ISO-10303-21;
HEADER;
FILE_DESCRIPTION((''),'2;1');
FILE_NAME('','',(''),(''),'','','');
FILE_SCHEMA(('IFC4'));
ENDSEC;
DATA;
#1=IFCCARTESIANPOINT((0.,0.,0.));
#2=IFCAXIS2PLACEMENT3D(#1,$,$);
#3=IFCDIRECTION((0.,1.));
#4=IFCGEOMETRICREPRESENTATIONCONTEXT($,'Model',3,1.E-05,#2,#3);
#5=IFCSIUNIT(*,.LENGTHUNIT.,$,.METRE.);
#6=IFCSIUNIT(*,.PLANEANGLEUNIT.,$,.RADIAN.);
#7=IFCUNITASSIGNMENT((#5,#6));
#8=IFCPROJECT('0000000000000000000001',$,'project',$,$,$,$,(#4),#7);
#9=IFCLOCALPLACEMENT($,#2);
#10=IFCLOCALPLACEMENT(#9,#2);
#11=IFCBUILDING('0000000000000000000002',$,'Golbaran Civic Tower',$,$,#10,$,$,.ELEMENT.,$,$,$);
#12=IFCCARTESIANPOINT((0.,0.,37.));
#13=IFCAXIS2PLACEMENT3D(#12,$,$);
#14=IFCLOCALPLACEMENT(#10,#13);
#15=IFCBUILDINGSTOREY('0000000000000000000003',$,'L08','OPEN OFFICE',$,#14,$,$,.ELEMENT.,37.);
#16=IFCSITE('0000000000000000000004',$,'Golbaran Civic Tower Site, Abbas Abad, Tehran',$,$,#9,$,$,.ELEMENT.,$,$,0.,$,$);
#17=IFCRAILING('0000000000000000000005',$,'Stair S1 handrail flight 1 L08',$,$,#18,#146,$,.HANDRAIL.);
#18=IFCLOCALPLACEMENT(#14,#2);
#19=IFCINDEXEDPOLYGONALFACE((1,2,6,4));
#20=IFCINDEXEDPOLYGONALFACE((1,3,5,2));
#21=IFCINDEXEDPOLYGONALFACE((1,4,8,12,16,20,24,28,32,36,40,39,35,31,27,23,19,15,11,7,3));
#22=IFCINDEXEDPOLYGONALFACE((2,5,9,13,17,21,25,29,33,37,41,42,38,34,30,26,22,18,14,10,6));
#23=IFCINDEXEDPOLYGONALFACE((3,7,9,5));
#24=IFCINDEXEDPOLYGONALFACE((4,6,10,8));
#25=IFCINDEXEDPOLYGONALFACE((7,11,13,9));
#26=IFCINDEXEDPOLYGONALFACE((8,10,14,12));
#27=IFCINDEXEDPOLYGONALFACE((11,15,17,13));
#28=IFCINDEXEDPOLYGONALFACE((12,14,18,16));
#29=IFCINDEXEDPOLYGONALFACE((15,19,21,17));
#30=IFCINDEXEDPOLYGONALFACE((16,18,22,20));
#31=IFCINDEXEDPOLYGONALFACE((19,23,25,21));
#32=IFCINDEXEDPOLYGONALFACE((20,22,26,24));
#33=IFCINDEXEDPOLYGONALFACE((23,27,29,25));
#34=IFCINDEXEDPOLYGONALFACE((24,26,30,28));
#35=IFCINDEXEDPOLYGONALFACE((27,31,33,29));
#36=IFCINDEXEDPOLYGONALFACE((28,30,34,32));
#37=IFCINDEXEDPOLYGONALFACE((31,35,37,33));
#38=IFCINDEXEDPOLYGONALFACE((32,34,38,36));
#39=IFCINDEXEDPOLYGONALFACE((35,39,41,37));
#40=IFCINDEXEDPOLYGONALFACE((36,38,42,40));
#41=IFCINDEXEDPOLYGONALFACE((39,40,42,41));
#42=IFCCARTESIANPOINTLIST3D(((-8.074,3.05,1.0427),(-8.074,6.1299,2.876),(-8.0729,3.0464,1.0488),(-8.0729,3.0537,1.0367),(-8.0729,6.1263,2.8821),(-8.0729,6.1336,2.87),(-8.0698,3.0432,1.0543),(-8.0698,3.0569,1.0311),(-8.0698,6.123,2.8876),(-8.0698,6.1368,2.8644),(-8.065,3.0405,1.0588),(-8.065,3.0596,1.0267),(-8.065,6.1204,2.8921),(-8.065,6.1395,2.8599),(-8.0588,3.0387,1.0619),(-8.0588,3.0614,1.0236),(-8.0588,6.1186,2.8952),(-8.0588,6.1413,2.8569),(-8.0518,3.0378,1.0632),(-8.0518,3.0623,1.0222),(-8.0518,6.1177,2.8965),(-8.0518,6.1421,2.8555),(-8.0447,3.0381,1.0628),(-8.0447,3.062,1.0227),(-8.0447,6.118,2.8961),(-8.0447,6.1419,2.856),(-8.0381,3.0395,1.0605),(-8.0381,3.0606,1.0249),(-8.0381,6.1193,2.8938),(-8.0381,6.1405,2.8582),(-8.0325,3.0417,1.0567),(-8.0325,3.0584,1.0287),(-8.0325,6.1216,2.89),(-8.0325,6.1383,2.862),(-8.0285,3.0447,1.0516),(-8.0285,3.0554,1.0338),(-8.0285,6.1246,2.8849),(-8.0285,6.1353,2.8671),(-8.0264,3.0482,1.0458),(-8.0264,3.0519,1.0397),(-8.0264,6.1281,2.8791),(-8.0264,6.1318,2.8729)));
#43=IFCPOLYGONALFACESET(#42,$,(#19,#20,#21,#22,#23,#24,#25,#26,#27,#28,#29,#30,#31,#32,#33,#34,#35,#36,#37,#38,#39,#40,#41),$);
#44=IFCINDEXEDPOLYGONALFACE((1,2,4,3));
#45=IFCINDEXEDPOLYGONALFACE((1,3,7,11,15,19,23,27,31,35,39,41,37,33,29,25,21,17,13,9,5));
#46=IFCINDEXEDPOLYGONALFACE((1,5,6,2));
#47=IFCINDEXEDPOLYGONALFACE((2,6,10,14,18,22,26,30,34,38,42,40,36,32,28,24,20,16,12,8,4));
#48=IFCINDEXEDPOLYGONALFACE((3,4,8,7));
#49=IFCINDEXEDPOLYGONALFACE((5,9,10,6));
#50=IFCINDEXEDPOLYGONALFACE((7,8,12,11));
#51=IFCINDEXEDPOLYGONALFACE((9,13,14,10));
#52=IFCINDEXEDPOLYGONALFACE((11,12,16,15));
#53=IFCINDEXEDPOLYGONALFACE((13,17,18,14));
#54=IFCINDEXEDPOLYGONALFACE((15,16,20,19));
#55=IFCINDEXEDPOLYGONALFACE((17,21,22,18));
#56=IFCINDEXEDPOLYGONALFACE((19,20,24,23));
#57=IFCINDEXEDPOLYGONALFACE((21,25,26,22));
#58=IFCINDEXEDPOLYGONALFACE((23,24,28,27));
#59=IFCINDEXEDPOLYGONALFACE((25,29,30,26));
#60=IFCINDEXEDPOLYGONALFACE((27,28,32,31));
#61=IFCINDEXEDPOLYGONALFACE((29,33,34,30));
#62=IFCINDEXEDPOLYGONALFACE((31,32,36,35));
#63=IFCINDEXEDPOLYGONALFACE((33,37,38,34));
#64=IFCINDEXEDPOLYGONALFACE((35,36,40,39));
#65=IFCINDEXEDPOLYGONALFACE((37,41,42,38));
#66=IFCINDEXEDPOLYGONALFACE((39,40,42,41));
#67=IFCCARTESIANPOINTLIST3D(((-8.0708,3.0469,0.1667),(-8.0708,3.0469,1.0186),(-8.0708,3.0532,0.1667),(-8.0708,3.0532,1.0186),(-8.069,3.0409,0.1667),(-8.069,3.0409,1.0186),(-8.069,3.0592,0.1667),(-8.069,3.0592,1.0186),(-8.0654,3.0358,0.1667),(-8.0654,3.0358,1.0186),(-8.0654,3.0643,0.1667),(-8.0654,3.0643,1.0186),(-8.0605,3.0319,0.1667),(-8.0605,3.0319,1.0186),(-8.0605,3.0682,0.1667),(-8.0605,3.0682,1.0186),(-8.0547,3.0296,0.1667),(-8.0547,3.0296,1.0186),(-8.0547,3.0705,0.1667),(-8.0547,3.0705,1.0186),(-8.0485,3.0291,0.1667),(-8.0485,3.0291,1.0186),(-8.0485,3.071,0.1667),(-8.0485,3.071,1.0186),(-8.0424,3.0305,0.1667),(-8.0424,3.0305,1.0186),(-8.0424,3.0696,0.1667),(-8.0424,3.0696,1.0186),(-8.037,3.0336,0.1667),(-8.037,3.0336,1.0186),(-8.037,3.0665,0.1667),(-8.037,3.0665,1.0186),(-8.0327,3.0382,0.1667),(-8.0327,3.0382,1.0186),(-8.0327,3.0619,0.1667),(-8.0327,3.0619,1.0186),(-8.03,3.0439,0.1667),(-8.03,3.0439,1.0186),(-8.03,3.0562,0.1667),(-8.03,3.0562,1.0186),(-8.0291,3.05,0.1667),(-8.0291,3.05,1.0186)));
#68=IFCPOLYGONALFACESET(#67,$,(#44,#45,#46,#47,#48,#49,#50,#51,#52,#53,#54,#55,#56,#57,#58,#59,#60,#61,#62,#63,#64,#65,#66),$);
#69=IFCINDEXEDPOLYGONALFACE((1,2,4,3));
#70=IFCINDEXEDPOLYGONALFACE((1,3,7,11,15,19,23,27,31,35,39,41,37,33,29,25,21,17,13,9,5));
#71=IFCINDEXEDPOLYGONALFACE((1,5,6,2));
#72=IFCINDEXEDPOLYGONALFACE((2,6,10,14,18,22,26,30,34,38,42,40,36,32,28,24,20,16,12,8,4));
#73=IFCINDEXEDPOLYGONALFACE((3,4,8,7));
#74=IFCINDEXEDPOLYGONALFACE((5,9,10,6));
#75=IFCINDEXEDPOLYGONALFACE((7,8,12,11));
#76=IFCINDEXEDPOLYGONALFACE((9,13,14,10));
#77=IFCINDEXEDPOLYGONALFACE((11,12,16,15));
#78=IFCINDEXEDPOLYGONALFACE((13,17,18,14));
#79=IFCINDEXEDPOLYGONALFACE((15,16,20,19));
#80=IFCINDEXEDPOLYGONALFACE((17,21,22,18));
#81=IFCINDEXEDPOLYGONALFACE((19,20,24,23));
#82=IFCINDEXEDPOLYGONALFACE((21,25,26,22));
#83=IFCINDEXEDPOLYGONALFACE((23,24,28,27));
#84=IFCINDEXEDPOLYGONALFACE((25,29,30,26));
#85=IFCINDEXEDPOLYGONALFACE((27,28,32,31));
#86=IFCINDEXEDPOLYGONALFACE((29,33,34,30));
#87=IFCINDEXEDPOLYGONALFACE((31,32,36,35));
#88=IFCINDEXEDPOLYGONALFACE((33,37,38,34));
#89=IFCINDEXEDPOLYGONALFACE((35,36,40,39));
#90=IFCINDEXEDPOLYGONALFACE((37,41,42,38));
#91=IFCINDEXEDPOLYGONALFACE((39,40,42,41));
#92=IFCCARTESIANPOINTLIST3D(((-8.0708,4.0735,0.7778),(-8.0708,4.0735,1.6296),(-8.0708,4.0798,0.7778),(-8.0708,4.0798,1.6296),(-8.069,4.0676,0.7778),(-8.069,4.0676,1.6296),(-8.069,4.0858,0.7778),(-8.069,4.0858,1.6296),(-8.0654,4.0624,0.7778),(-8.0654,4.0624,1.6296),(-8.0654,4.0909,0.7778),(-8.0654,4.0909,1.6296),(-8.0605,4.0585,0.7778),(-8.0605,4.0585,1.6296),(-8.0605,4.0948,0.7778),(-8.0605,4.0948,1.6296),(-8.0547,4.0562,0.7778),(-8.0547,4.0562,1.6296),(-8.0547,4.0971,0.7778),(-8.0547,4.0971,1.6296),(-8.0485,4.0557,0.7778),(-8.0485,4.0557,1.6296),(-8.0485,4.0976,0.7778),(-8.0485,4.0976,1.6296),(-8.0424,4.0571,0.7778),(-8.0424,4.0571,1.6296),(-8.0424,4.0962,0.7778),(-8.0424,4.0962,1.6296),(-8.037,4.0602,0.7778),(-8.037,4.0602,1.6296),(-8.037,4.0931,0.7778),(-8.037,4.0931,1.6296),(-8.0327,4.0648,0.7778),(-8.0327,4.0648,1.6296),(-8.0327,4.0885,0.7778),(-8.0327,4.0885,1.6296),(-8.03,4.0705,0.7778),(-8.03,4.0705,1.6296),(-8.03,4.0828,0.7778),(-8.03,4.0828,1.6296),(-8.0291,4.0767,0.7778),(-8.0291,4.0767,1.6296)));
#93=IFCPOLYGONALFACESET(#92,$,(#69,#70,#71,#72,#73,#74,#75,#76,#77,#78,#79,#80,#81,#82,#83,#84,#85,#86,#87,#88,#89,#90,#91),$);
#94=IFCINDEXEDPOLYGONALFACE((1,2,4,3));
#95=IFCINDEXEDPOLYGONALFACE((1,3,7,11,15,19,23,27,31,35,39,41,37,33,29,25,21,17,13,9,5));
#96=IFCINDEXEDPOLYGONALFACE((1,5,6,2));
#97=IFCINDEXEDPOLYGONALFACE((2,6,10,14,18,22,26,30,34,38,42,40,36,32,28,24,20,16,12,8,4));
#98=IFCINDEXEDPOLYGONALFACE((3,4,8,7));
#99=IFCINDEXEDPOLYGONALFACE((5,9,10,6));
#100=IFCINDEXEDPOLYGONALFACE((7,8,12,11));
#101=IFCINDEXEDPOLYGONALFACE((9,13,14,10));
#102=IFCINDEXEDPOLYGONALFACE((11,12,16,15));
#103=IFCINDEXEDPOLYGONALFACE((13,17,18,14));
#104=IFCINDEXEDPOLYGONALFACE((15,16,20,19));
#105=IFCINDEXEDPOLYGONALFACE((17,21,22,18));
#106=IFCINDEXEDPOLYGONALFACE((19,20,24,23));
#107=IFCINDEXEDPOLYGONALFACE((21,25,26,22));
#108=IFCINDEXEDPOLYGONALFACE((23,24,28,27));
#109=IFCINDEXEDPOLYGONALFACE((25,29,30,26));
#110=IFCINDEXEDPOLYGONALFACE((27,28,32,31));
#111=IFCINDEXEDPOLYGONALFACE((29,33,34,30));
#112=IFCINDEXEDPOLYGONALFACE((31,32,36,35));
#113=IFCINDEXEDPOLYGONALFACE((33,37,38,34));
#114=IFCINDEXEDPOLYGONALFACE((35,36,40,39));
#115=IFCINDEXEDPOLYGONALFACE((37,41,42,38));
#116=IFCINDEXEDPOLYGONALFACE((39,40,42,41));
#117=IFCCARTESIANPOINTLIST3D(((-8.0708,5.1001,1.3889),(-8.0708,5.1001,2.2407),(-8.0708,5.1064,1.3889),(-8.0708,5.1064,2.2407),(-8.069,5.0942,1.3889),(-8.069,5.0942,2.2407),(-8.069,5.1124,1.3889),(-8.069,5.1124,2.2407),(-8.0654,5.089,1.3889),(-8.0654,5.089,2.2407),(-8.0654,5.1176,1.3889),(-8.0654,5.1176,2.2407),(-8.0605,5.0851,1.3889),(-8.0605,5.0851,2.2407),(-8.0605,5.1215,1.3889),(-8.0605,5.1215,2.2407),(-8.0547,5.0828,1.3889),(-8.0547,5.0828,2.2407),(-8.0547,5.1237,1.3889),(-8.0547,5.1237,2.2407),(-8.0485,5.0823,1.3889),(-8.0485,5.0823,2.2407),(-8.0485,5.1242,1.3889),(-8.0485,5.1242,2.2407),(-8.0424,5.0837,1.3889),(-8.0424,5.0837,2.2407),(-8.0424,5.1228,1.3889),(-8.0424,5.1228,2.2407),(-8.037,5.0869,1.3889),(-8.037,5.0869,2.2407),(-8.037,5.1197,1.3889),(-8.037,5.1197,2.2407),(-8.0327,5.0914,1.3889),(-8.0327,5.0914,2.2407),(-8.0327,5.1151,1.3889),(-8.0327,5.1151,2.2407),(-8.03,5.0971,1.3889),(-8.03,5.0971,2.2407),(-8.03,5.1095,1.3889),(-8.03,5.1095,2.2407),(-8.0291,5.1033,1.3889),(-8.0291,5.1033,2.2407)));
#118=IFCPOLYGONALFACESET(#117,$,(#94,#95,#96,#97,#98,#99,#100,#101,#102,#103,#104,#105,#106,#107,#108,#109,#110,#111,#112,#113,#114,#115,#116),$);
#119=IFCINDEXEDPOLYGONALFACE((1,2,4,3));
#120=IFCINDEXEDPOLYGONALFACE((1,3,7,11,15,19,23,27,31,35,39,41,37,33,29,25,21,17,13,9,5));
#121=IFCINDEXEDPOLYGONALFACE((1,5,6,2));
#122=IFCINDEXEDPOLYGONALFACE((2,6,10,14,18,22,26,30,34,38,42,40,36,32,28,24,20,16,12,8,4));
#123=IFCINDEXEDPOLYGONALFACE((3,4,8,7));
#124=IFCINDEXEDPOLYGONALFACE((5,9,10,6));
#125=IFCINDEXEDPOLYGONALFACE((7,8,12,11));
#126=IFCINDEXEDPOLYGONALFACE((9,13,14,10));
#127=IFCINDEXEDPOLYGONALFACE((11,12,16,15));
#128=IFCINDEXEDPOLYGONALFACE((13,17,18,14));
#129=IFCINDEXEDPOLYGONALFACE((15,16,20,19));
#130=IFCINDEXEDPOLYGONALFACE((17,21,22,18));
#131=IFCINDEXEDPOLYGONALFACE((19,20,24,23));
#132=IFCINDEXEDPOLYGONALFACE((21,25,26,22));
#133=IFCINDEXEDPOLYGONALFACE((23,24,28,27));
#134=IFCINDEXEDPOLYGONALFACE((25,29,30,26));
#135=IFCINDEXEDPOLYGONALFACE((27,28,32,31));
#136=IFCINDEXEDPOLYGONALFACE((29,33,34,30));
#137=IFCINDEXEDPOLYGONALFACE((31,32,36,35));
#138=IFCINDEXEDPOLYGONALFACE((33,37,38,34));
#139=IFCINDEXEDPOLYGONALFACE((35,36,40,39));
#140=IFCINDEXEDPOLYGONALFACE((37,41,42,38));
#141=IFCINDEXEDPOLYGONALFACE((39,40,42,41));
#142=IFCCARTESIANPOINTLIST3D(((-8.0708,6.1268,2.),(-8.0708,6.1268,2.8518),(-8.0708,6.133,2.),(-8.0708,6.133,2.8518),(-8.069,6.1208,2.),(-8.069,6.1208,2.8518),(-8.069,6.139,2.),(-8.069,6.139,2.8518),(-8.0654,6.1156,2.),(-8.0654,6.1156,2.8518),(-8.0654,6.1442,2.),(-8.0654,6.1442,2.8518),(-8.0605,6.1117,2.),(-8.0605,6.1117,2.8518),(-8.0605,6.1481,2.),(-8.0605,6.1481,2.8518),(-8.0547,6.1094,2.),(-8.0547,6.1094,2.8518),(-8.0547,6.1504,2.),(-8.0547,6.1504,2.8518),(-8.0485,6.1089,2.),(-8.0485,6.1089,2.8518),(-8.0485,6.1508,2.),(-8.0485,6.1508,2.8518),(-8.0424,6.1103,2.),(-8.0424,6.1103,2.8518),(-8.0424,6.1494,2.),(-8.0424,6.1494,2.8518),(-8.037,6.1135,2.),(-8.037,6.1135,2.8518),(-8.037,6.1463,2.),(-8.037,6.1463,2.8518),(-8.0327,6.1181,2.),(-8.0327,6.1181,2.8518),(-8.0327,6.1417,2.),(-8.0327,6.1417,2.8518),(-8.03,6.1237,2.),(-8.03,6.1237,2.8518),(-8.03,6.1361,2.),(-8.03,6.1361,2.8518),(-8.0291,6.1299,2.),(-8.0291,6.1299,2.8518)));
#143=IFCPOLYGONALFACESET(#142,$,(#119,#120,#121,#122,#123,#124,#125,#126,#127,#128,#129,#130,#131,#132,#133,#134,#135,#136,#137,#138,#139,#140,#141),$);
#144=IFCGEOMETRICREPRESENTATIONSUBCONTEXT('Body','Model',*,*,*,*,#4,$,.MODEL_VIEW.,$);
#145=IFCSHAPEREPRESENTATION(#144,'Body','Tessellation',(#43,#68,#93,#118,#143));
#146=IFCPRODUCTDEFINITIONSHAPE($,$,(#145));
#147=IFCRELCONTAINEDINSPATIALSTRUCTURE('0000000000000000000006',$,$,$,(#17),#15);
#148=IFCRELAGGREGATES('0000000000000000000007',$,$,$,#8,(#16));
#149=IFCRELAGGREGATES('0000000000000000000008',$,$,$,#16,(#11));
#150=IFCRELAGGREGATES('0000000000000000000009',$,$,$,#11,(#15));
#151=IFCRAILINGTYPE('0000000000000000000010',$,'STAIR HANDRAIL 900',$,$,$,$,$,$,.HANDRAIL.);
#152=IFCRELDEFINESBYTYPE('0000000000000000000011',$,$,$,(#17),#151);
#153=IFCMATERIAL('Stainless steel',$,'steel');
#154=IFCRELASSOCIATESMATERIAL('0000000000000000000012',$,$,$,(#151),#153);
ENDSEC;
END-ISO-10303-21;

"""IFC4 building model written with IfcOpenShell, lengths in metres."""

from ifc_helpers import new_model, si_unit, direction, frame, origin, origin_2d, place, context, subcontext, project, spatial, circle, extrude, material, type_object, element, save


model = new_model("IFC4")

# Units and contexts
model_context = context("Model", 3, precision=1e-05, world=origin(), true_north=direction((0.0, 1.0)))
body_context = subcontext(model_context, "Body", "Model", "MODEL_VIEW")
ifc_project = project(units=[si_unit("LENGTHUNIT", "METRE"), si_unit("PLANEANGLEUNIT", "RADIAN")], contexts=[model_context])

# Site, building, storey
site_placement = place(None, origin())
site = spatial("IfcSite", under=ifc_project, at=site_placement, Name="Golbaran Civic Tower Site, Abbas Abad, Tehran", CompositionType="ELEMENT", RefElevation=0.0)
building_placement = place(site_placement, origin())
building = spatial("IfcBuilding", under=site, at=building_placement, Name="Golbaran Civic Tower", CompositionType="ELEMENT")
storey_placement = place(building_placement, frame((0.0, 0.0, 37.0)))
storey = spatial("IfcBuildingStorey", under=building, at=storey_placement, Name="L08", Description="OPEN OFFICE", CompositionType="ELEMENT", Elevation=37.0)

# Shared definitions
ifc_material_1 = material(Name="Stainless steel", Category="steel")

# Railing
railing_type = type_object("IfcRailingType", Name="STAIR HANDRAIL 900", PredefinedType="HANDRAIL", material=ifc_material_1)
railing_1_placement = place(storey_placement, frame((-8.05, 3.05, 0.1667)))
element("IfcRailing", 1, at=railing_1_placement, inside=storey, type_object=railing_type, Name="Stair S1 handrail flight 1 L08", PredefinedType="HANDRAIL", context=body_context, shape_type="SweptSolid", body=[
    extrude(circle(Radius=0.0239, at=origin_2d()), frame((0.0, 0.0, 0.876), z_axis=(0.0, 0.859291, 0.511487), x_axis=(-1.0, 0.0, 0.0)), (0.0, 0.0, 1.0), 3.5842),
    extrude(circle(Radius=0.021, at=origin_2d()), origin(), (0.0, 0.0, 1.0), 0.8518),
    extrude(circle(Radius=0.021, at=origin_2d()), frame((0.0, 1.0266, 0.6111)), (0.0, 0.0, 1.0), 0.8518),
    extrude(circle(Radius=0.021, at=origin_2d()), frame((0.0, 2.0532, 1.2222)), (0.0, 0.0, 1.0), 0.8518),
    extrude(circle(Radius=0.021, at=origin_2d()), frame((0.0, 3.0798, 1.8333)), (0.0, 0.0, 1.0), 0.8518),
])

save(model, "model.ifc")
